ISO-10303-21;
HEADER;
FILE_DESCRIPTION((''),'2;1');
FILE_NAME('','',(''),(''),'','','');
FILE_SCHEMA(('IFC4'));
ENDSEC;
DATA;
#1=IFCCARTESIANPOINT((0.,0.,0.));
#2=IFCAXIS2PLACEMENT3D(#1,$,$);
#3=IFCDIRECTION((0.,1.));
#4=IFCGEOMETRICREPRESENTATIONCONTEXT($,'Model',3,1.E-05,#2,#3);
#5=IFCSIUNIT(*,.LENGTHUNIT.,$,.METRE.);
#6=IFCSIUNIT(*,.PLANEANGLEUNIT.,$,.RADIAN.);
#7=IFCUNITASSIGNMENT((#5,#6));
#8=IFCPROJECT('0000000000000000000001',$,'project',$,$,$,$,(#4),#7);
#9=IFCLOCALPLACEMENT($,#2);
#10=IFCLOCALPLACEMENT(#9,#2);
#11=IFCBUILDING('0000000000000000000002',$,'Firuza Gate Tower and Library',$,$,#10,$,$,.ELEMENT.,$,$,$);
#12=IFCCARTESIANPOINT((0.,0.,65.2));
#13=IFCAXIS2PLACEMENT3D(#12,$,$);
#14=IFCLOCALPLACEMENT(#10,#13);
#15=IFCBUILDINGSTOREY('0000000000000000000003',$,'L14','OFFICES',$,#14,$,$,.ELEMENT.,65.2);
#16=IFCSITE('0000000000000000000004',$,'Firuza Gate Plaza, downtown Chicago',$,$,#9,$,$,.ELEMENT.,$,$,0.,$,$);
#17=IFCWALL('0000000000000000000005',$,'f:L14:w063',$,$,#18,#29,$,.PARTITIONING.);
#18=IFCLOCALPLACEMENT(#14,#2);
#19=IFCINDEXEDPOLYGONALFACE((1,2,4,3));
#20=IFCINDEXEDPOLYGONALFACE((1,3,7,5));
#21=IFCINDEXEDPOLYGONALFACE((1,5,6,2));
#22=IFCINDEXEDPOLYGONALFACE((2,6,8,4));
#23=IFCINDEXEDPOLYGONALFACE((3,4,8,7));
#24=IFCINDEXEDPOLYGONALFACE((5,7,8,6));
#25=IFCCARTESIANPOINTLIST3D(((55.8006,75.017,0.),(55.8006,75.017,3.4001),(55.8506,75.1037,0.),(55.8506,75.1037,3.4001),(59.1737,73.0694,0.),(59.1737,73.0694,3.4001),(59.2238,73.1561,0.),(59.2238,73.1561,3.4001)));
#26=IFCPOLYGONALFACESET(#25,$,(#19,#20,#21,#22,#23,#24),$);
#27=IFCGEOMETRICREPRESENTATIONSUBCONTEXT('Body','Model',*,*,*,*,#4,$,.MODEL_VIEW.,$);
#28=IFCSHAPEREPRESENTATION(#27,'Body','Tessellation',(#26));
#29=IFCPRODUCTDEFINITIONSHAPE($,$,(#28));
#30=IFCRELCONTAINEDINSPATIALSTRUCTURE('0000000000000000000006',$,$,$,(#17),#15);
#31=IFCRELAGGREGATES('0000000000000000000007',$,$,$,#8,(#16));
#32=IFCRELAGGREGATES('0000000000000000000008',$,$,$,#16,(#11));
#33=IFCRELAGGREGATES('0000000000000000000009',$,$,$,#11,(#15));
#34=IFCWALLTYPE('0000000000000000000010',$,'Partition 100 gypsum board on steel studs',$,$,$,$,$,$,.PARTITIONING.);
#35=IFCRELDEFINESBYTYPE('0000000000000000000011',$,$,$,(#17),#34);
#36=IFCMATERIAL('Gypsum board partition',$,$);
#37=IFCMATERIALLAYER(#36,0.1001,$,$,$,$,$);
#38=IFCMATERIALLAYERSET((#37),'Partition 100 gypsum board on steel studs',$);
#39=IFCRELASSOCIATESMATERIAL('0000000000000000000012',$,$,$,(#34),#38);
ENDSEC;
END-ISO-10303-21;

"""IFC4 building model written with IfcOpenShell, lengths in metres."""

from ifc_helpers import new_model, si_unit, direction, frame, frame_2d, origin, place, context, subcontext, project, spatial, rectangle, extrude, material, layer, layer_set, type_object, element, save


model = new_model("IFC4")

# Units and contexts
model_context = context("Model", 3, precision=1e-05, world=origin(), true_north=direction((0.0, 1.0)))
body_context = subcontext(model_context, "Body", "Model", "MODEL_VIEW")
ifc_project = project(units=[si_unit("LENGTHUNIT", "METRE"), si_unit("PLANEANGLEUNIT", "RADIAN")], contexts=[model_context])

# Site, building, storey
site_placement = place(None, origin())
site = spatial("IfcSite", under=ifc_project, at=site_placement, Name="Firuza Gate Plaza, downtown Chicago", CompositionType="ELEMENT", RefElevation=0.0)
building_placement = place(site_placement, origin())
building = spatial("IfcBuilding", under=site, at=building_placement, Name="Firuza Gate Tower and Library", CompositionType="ELEMENT")
storey_placement = place(building_placement, frame((0.0, 0.0, 65.2)))
storey = spatial("IfcBuildingStorey", under=building, at=storey_placement, Name="L14", Description="OFFICES", CompositionType="ELEMENT", Elevation=65.2)

# Shared definitions
ifc_material_1 = material(Name="Gypsum board partition")
ifc_layer_1 = layer(ifc_material_1, 0.1001)
ifc_layer_set_1 = layer_set([ifc_layer_1], Name="Partition 100 gypsum board on steel studs")
wall_type_1 = type_object("IfcWallType", Name="Partition 100 gypsum board on steel studs", PredefinedType="PARTITIONING", material=ifc_layer_set_1)

# Wall
wall_1_placement = place(storey_placement, frame((59.1987, 73.1128, 0.0), z_axis=(0.0, 0.0, 1.0), x_axis=(-0.866016, 0.500015, 0.0)))
element("IfcWall", 1, at=wall_1_placement, inside=storey, type_object=wall_type_1, Name="f:L14:w063", PredefinedType="PARTITIONING", context=body_context, shape_type="SweptSolid", body=[
    extrude(rectangle(XDim=3.895, YDim=0.1001, at=frame_2d((1.9475, 0.0))), origin(), (0.0, 0.0, 1.0), 3.4001),
])

save(model, "model.ifc")
